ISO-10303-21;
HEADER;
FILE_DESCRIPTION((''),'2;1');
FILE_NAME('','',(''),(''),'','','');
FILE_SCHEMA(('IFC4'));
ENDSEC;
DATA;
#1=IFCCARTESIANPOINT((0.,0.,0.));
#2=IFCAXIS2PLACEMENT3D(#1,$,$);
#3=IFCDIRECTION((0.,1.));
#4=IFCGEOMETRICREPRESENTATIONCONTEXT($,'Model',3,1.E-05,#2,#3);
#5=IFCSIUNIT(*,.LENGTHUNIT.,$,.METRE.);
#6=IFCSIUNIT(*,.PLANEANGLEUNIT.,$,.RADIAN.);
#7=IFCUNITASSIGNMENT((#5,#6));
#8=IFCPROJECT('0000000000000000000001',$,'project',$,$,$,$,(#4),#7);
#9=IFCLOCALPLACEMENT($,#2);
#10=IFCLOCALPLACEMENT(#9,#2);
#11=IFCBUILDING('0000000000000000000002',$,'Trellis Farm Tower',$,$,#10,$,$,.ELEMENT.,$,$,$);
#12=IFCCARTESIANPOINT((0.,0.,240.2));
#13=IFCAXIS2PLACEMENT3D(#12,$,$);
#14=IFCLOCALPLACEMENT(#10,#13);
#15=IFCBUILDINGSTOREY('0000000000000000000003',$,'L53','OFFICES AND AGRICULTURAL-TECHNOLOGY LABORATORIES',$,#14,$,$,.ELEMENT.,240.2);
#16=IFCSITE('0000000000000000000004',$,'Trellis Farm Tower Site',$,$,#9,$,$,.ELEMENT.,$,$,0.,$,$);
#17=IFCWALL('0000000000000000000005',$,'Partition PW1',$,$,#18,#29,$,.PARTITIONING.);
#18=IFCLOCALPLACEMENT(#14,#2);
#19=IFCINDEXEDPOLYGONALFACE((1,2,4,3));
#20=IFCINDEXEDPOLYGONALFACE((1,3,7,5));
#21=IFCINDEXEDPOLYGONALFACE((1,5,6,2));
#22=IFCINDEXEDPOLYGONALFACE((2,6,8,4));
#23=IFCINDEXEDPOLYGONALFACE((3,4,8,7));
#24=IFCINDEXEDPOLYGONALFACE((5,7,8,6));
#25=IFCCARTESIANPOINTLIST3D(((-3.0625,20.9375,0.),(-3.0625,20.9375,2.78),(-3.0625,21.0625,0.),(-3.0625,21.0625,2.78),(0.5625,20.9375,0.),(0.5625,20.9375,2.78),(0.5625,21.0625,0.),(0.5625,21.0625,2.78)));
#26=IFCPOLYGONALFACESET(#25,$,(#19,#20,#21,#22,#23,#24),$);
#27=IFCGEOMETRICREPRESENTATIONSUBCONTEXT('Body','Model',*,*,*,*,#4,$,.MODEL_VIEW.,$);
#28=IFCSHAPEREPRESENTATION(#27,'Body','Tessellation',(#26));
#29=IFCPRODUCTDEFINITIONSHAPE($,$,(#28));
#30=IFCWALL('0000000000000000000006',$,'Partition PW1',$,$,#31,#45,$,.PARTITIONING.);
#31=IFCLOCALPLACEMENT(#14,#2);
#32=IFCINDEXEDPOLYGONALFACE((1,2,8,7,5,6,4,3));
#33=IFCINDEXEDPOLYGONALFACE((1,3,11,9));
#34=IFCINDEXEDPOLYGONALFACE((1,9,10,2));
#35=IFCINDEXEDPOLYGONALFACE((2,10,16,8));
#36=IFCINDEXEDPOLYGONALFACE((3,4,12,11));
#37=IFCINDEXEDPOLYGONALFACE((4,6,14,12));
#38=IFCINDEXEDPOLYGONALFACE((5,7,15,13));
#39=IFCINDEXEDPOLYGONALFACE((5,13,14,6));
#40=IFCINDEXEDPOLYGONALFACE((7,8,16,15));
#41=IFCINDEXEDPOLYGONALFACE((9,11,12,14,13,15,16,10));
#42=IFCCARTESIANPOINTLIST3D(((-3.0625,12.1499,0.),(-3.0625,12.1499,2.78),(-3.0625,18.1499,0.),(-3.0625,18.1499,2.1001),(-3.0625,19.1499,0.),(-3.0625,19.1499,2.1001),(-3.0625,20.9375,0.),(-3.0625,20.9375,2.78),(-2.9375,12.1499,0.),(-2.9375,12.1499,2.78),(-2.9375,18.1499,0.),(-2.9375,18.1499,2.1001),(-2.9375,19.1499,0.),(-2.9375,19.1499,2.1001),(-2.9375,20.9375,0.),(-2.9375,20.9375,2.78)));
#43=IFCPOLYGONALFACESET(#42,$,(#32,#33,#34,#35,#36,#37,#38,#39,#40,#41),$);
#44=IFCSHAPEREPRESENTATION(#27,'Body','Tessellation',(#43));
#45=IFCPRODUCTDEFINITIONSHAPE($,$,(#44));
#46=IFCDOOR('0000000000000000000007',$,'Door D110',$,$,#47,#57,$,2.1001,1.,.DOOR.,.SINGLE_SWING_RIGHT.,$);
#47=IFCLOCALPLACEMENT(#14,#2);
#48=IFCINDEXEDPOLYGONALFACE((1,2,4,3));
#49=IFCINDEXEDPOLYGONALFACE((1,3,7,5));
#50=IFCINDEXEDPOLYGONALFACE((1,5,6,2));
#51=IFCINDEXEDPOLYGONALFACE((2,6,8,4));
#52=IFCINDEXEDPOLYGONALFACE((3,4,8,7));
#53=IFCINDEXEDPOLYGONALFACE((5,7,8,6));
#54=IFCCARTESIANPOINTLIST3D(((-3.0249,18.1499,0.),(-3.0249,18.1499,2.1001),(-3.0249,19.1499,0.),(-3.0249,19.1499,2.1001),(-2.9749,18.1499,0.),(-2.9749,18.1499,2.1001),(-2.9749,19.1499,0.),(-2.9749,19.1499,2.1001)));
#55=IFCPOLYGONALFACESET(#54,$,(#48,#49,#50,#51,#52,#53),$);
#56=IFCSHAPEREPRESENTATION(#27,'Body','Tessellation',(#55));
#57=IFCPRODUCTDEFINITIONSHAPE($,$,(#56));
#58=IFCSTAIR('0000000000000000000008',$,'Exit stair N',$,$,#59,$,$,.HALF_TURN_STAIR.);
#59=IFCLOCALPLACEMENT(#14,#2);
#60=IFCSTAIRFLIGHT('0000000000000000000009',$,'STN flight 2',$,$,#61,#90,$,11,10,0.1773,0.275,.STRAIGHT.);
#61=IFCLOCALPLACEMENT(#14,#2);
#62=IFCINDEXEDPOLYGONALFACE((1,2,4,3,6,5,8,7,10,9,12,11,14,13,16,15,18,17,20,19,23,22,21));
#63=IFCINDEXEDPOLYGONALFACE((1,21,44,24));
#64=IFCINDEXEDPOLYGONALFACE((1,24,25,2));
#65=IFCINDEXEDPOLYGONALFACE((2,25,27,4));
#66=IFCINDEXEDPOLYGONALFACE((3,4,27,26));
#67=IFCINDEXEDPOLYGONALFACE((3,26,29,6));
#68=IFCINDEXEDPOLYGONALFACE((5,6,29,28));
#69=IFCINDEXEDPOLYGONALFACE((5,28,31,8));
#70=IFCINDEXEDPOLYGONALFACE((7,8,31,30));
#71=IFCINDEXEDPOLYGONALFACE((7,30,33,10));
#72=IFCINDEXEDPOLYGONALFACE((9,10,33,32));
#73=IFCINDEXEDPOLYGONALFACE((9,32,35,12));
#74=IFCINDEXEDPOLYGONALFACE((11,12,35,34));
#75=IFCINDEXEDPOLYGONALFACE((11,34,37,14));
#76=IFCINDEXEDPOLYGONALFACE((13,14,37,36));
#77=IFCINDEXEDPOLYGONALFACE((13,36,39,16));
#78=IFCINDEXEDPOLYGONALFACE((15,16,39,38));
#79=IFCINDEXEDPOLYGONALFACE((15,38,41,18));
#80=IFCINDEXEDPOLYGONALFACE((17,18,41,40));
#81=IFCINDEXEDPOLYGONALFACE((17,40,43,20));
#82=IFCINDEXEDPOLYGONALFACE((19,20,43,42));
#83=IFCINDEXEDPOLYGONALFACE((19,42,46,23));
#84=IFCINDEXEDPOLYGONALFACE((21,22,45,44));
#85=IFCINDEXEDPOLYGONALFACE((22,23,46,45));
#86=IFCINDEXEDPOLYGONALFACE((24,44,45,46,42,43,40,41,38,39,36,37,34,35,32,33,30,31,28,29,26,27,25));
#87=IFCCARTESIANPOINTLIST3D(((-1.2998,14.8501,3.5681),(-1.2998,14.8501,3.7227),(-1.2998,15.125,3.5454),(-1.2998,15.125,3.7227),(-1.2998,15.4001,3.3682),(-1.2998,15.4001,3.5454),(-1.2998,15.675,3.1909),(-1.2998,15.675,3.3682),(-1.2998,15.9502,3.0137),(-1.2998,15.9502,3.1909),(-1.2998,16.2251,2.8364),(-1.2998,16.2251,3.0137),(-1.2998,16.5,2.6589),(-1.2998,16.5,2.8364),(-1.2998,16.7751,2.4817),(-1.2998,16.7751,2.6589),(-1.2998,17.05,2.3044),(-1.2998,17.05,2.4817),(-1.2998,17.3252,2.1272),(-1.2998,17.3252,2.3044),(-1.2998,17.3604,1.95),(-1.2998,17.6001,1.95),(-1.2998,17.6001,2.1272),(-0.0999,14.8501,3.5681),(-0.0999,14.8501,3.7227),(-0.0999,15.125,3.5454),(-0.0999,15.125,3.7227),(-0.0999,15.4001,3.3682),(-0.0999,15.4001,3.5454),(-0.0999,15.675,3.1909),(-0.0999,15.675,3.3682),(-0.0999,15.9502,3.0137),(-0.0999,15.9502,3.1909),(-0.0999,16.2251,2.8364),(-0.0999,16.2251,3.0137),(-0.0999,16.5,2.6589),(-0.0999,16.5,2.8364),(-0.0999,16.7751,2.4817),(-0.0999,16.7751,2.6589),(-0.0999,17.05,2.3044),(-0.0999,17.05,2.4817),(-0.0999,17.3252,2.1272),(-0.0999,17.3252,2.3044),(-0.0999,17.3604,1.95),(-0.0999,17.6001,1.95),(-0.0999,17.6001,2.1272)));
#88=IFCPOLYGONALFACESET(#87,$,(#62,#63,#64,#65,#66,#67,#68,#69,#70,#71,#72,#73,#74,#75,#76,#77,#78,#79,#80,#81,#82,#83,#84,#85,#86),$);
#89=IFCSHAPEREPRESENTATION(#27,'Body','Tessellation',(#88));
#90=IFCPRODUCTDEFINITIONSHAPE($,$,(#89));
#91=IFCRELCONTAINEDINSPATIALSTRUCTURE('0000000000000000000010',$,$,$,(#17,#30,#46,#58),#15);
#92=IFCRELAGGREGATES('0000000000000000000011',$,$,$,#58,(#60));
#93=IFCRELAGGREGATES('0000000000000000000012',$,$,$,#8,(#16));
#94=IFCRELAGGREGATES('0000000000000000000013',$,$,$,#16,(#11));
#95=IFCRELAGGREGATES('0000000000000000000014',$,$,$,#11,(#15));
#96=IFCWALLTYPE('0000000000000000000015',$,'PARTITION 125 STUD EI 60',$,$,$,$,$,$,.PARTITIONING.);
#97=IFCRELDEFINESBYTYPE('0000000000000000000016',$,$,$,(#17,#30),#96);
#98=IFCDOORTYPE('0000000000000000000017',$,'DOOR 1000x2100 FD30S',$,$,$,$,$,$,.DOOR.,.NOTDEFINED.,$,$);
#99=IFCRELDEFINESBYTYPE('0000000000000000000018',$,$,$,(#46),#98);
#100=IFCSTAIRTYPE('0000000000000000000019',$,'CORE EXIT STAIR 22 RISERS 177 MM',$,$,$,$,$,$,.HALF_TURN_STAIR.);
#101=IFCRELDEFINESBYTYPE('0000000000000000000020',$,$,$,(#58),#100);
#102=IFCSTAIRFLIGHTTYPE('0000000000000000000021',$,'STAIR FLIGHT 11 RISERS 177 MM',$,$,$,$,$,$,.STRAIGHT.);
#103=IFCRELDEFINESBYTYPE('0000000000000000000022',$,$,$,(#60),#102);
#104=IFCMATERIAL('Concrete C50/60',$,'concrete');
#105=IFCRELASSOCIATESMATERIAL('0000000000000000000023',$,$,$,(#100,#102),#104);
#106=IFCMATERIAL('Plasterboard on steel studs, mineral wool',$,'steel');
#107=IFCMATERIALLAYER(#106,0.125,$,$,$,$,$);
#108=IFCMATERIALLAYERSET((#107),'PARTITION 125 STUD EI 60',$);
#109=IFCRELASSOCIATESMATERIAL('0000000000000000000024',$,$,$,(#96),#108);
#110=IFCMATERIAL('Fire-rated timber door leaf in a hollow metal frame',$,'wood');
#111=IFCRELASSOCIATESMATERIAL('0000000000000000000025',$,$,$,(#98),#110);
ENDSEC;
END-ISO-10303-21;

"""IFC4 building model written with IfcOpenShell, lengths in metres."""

from ifc_helpers import new_model, si_unit, direction, frame, frame_2d, origin, place, context, subcontext, project, spatial, polyline, rectangle, outline, extrude, source, transform, mapped, material, layer, layer_set, type_object, element, fill, aggregate, save


model = new_model("IFC4")

# Units and contexts
model_context = context("Model", 3, precision=1e-05, world=origin(), true_north=direction((0.0, 1.0)))
body_context = subcontext(model_context, "Body", "Model", "MODEL_VIEW")
ifc_project = project(units=[si_unit("LENGTHUNIT", "METRE"), si_unit("PLANEANGLEUNIT", "RADIAN")], contexts=[model_context])

# Site, building, storey
site_placement = place(None, origin())
site = spatial("IfcSite", under=ifc_project, at=site_placement, Name="Trellis Farm Tower Site", CompositionType="ELEMENT", RefElevation=0.0)
building_placement = place(site_placement, origin())
building = spatial("IfcBuilding", under=site, at=building_placement, Name="Trellis Farm Tower", CompositionType="ELEMENT")
storey_placement = place(building_placement, frame((0.0, 0.0, 240.2)))
storey = spatial("IfcBuildingStorey", under=building, at=storey_placement, Name="L53", Description="OFFICES AND AGRICULTURAL-TECHNOLOGY LABORATORIES", CompositionType="ELEMENT", Elevation=240.2)

# Shared definitions
placement_1 = place(storey_placement, origin())

# Shared definitions
ifc_material_1 = material(Name="Concrete C50/60", Category="concrete")
stair_type = type_object("IfcStairType", Name="CORE EXIT STAIR 22 RISERS 177 MM", PredefinedType="HALF_TURN_STAIR", material=ifc_material_1)

# Wall
ifc_material_2 = material(Name="Plasterboard on steel studs, mineral wool", Category="steel")
ifc_layer_1 = layer(ifc_material_2, 0.125)
ifc_layer_set_1 = layer_set([ifc_layer_1], Name="PARTITION 125 STUD EI 60")
wall_type_1 = type_object("IfcWallType", Name="PARTITION 125 STUD EI 60", PredefinedType="PARTITIONING", material=ifc_layer_set_1)
shared_shape_1 = source(origin(), body_context, "Body", "SweptSolid", [
    extrude(rectangle(XDim=3.625, YDim=0.125, at=frame_2d((1.8125, 0.0))), origin(), (0.0, 0.0, 1.0), 2.78),
])
wall_1_placement = place(storey_placement, frame((-3.0625, 21.0, 0.0), z_axis=(0.0, 0.0, 1.0), x_axis=(1.0, 0.0, 0.0)))
element("IfcWall", 1, at=wall_1_placement, inside=storey, type_object=wall_type_1, Name="Partition PW1", PredefinedType="PARTITIONING", context=body_context, shape_type="MappedRepresentation", body=[
    mapped(shared_shape_1, transform((0.0, 0.0, 0.0))),
])

# Wall, opening, door
shared_shape_2 = source(origin(), body_context, "Body", "SweptSolid", [
    extrude(rectangle(XDim=8.7876, YDim=0.125, at=frame_2d((4.3938, 0.0))), origin(), (0.0, 0.0, 1.0), 2.78),
])
wall_2_placement = place(storey_placement, frame((-3.0, 12.1499, 0.0), z_axis=(0.0, 0.0, 1.0), x_axis=(0.0, 1.0, 0.0)))
wall_2 = element("IfcWall", 2, at=wall_2_placement, inside=storey, type_object=wall_type_1, Name="Partition PW1", PredefinedType="PARTITIONING", context=body_context, shape_type="MappedRepresentation", body=[
    mapped(shared_shape_2, transform((0.0, 0.0, 0.0))),
])
shared_shape_3 = source(origin(), body_context, "Body", "SweptSolid", [
    extrude(rectangle(XDim=1.0, YDim=2.1001, at=frame_2d((0.5, 1.05))), frame((0.0, 0.0725, 0.0), z_axis=(0.0, -1.0, 0.0), x_axis=(1.0, 0.0, 0.0)), (0.0, 0.0, 1.0), 0.145),
])
opening_1_placement = place(wall_2_placement, frame((6.0, 0.0, 0.0)))
opening_1 = element("IfcOpeningElement", 3, at=opening_1_placement, cuts=wall_2, PredefinedType="OPENING", context=body_context, shape_type="MappedRepresentation", body=[
    mapped(shared_shape_3, transform((0.0, 0.0, 0.0))),
])
ifc_material_3 = material(Name="Fire-rated timber door leaf in a hollow metal frame", Category="wood")
door_type_1 = type_object("IfcDoorType", Name="DOOR 1000x2100 FD30S", OperationType="NOTDEFINED", PredefinedType="DOOR", material=ifc_material_3)
shared_shape_4 = source(origin(), body_context, "Body", "SweptSolid", [
    extrude(rectangle(XDim=1.0, YDim=2.1001, at=frame_2d((0.5, 1.05))), frame((0.0, 0.0249, 0.0), z_axis=(0.0, -1.0, 0.0), x_axis=(1.0, 0.0, 0.0)), (0.0, 0.0, 1.0), 0.05),
])
door_1_placement = place(opening_1_placement, origin())
door_1 = element("IfcDoor", 4, at=door_1_placement, inside=storey, type_object=door_type_1, Name="Door D110", OperationType="SINGLE_SWING_RIGHT", OverallHeight=2.1001, OverallWidth=1.0, PredefinedType="DOOR", context=body_context, shape_type="MappedRepresentation", body=[
    mapped(shared_shape_4, transform((0.0, 0.0, 0.0))),
])
fill(opening_1, door_1)

# Stair, stair flight
stair_1 = element("IfcStair", 5, at=placement_1, inside=storey, type_object=stair_type, Name="Exit stair N", PredefinedType="HALF_TURN_STAIR")
stair_flight_type = type_object("IfcStairFlightType", Name="STAIR FLIGHT 11 RISERS 177 MM", PredefinedType="STRAIGHT", material=ifc_material_1)
shared_shape_5 = source(origin(), body_context, "Body", "SweptSolid", [
    extrude(outline(polyline([(0.0, 0.0), (0.0, 0.1772), (0.2749, 0.1772), (0.2749, 0.3545), (0.55, 0.3545), (0.55, 0.5317), (0.825, 0.5317), (0.825, 0.709), (1.1001, 0.709), (1.1001, 0.8865), (1.375, 0.8865), (1.375, 1.0637), (1.6499, 1.0637), (1.6499, 1.241), (1.925, 1.241), (1.925, 1.4182), (2.2, 1.4182), (2.2, 1.5955), (2.4751, 1.5955), (2.4751, 1.7727), (2.75, 1.7727), (2.75, 1.95), (2.75, 1.6182), (0.2397, 0.0), (0.0, 0.0)])), frame((0.0, 0.6001, 0.0), z_axis=(0.0, -1.0, 0.0), x_axis=(1.0, 0.0, 0.0)), (0.0, 0.0, 1.0), 1.2),
])
stair_flight_placement = place(storey_placement, frame((-0.7, 17.6001, 1.95), z_axis=(0.0, 0.0, 1.0), x_axis=(0.0, -1.0, 0.0)))
stair_flight = element("IfcStairFlight", 6, at=stair_flight_placement, type_object=stair_flight_type, Name="STN flight 2", NumberOfRisers=11, NumberOfTreads=10, PredefinedType="STRAIGHT", RiserHeight=0.1773, TreadLength=0.275, context=body_context, shape_type="MappedRepresentation", body=[
    mapped(shared_shape_5, transform((0.0, 0.0, 0.0))),
])
aggregate(stair_1, [stair_flight])

save(model, "model.ifc")
